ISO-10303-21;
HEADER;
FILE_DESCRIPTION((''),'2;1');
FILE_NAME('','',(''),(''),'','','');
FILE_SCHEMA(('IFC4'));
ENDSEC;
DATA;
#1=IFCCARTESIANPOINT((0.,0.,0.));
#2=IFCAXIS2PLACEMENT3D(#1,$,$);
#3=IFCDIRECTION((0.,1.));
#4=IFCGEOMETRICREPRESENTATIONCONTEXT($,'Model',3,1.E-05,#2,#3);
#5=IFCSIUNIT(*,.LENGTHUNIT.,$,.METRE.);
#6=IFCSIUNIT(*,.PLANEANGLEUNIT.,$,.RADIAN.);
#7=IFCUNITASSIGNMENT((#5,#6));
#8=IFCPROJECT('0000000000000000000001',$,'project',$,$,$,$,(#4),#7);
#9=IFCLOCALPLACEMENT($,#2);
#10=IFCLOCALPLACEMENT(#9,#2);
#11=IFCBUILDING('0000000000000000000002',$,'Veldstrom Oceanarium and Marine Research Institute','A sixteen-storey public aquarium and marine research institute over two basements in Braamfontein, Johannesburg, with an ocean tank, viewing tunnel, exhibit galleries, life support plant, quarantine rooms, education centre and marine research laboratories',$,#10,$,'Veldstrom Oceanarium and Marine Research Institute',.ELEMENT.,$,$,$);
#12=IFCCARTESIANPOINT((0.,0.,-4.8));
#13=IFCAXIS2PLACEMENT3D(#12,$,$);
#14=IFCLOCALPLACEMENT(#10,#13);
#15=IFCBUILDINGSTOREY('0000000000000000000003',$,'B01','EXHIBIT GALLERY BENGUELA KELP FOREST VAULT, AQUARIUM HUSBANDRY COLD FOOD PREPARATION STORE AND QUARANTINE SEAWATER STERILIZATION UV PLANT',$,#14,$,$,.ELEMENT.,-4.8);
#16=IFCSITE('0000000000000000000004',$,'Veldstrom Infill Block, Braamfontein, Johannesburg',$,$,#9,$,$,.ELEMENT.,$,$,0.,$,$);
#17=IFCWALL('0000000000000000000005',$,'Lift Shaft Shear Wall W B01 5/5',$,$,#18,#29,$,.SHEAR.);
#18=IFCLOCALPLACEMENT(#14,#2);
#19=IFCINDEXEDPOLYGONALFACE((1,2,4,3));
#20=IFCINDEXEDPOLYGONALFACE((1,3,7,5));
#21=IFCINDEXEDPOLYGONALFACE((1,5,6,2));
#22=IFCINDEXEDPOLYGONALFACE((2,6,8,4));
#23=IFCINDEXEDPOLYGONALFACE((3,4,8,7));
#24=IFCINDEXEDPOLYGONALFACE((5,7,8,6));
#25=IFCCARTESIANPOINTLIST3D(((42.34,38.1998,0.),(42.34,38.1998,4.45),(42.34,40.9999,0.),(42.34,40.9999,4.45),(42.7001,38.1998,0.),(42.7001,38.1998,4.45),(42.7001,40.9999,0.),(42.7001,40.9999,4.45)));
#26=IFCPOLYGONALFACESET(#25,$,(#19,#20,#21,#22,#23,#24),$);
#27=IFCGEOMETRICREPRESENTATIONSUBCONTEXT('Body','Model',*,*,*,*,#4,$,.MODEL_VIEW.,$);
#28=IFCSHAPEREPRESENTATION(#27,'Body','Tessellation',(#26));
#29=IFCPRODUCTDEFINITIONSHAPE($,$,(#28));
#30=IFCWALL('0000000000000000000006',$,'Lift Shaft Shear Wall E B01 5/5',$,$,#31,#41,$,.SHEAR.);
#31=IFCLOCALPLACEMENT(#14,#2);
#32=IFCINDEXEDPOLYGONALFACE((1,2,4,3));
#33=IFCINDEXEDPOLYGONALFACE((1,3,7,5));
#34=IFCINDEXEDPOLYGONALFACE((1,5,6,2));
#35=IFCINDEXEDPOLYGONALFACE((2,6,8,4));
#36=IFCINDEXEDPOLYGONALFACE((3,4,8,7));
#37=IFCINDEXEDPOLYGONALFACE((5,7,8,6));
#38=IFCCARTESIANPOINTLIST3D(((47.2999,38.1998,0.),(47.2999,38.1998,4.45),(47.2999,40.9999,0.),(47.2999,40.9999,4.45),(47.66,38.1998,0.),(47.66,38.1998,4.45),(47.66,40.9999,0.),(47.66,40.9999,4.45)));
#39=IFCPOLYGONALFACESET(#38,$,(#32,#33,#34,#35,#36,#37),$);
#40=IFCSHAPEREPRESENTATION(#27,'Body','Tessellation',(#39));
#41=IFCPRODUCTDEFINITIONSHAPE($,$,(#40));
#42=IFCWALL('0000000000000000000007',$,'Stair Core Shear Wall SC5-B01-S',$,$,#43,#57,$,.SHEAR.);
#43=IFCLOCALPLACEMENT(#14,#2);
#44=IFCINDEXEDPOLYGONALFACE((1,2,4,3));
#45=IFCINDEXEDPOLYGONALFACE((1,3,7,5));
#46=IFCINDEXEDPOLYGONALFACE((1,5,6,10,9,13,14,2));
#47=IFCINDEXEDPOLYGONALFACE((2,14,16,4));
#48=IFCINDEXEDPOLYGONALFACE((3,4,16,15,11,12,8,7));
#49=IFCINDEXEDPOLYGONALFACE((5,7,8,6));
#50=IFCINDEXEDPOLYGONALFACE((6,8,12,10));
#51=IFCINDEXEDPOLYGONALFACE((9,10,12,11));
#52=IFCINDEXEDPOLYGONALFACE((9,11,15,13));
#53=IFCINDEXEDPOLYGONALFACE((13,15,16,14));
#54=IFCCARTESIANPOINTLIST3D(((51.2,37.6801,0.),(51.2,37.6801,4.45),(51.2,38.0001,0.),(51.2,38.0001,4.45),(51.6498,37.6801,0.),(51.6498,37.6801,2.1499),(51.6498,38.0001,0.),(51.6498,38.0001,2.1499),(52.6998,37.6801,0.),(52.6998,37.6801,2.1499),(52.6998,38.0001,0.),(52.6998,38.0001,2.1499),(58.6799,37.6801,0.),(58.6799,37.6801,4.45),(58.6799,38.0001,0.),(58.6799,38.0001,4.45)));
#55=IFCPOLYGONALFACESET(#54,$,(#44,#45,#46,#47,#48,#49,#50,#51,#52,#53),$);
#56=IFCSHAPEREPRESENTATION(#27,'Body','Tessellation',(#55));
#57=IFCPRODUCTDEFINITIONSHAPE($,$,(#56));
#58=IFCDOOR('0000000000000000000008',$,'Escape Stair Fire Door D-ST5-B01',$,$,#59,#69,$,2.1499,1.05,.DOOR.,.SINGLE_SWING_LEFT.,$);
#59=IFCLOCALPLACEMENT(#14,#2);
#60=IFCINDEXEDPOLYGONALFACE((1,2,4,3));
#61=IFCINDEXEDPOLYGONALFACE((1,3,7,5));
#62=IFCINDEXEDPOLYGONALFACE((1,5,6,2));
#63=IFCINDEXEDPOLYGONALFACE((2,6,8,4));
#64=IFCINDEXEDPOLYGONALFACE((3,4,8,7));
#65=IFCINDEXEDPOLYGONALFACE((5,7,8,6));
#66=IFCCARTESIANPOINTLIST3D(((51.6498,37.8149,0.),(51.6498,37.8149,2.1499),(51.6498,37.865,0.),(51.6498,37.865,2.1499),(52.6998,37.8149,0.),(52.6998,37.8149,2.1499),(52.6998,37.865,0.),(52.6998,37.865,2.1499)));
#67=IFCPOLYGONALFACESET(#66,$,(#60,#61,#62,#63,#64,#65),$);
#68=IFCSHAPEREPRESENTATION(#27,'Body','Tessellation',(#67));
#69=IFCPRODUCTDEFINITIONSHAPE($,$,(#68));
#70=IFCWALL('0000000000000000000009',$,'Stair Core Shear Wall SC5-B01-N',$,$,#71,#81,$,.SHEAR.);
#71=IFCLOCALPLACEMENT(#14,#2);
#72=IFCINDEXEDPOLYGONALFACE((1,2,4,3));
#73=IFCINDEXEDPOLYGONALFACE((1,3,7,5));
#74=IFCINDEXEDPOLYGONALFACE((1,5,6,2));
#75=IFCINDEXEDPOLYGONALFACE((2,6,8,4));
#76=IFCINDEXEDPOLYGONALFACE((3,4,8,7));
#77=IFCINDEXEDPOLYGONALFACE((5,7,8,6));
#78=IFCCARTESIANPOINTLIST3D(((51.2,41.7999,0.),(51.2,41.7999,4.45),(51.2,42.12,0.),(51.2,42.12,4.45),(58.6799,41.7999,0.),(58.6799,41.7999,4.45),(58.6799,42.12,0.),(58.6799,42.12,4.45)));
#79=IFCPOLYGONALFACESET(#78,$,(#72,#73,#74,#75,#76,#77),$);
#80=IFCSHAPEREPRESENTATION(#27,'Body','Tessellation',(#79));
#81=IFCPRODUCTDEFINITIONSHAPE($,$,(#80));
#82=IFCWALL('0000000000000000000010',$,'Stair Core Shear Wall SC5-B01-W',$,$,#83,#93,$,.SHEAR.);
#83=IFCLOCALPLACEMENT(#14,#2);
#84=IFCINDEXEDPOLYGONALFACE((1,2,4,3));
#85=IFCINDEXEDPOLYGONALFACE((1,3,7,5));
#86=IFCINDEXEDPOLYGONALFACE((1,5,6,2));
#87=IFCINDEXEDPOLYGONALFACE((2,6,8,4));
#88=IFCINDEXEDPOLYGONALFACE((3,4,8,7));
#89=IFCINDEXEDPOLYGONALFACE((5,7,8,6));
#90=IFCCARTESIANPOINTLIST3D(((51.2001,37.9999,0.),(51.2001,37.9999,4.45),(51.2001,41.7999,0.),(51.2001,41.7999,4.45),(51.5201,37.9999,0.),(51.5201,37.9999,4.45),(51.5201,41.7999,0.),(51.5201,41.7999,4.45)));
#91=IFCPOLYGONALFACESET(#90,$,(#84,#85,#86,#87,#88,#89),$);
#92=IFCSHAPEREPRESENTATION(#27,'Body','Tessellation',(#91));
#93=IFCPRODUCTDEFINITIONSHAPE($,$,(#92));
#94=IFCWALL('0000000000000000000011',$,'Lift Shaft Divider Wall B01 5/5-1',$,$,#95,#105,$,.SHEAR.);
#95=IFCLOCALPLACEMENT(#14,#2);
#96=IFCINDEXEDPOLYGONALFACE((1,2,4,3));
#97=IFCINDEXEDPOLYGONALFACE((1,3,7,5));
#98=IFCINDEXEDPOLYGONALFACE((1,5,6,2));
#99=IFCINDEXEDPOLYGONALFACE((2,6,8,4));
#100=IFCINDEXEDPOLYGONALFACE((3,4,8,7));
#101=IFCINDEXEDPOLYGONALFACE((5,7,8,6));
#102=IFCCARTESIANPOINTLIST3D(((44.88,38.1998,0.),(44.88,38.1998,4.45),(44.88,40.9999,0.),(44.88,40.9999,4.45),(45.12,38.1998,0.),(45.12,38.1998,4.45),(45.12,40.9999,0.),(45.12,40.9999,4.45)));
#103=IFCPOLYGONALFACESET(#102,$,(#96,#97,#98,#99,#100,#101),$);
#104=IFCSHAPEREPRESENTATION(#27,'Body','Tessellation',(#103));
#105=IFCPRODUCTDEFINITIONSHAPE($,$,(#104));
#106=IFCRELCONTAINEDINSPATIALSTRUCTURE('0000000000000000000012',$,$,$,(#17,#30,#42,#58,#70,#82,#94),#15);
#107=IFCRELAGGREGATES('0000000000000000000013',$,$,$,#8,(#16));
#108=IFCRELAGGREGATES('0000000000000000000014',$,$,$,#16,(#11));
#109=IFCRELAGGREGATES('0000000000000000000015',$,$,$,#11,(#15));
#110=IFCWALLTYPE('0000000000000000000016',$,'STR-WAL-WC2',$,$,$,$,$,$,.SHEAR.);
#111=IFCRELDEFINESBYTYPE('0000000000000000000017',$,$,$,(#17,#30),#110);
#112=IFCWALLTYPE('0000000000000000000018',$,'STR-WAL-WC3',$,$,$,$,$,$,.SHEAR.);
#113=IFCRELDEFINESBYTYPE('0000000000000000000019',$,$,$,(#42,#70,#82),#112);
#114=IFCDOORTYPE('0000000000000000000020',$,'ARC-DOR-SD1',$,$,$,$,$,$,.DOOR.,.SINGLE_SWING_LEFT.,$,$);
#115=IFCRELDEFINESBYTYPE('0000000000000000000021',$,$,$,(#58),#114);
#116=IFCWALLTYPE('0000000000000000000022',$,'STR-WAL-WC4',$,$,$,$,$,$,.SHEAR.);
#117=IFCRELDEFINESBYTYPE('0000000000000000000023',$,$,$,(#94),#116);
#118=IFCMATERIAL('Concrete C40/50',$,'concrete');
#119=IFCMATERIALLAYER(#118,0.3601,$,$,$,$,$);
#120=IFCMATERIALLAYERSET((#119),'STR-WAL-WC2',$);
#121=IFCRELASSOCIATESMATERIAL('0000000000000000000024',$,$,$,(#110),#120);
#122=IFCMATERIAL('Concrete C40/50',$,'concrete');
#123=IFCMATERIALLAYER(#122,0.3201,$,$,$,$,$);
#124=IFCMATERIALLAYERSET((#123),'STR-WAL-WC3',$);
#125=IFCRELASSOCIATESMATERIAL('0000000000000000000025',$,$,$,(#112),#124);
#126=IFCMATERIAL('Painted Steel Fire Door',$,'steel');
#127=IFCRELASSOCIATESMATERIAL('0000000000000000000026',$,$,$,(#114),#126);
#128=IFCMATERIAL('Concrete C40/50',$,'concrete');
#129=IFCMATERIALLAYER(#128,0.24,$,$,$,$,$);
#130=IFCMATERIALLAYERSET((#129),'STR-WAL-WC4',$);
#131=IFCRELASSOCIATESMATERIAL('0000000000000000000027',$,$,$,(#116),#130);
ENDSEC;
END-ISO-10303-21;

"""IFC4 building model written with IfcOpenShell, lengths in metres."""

from ifc_helpers import new_model, si_unit, direction, frame, frame_2d, origin, place, context, subcontext, project, spatial, rectangle, extrude, material, layer, layer_set, type_object, element, fill, save


model = new_model("IFC4")

# Units and contexts
model_context = context("Model", 3, precision=1e-05, world=origin(), true_north=direction((0.0, 1.0)))
body_context = subcontext(model_context, "Body", "Model", "MODEL_VIEW")
ifc_project = project(units=[si_unit("LENGTHUNIT", "METRE"), si_unit("PLANEANGLEUNIT", "RADIAN")], contexts=[model_context])

# Site, building, storey
site_placement = place(None, origin())
site = spatial("IfcSite", under=ifc_project, at=site_placement, Name="Veldstrom Infill Block, Braamfontein, Johannesburg", CompositionType="ELEMENT", RefElevation=0.0)
building_placement = place(site_placement, origin())
building = spatial("IfcBuilding", under=site, at=building_placement, Name="Veldstrom Oceanarium and Marine Research Institute", Description="A sixteen-storey public aquarium and marine research institute over two basements in Braamfontein, Johannesburg, with an ocean tank, viewing tunnel, exhibit galleries, life support plant, quarantine rooms, education centre and marine research laboratories", LongName="Veldstrom Oceanarium and Marine Research Institute", CompositionType="ELEMENT")
storey_placement = place(building_placement, frame((0.0, 0.0, -4.8)))
storey = spatial("IfcBuildingStorey", under=building, at=storey_placement, Name="B01", Description="EXHIBIT GALLERY BENGUELA KELP FOREST VAULT, AQUARIUM HUSBANDRY COLD FOOD PREPARATION STORE AND QUARANTINE SEAWATER STERILIZATION UV PLANT", CompositionType="ELEMENT", Elevation=-4.8)

# Shared definitions
ifc_material_1 = material(Name="Concrete C40/50", Category="concrete")
ifc_layer_1 = layer(ifc_material_1, 0.3601)
ifc_layer_set_1 = layer_set([ifc_layer_1], Name="STR-WAL-WC2")
wall_type_1 = type_object("IfcWallType", Name="STR-WAL-WC2", PredefinedType="SHEAR", material=ifc_layer_set_1)

# Walls
for number, where, z_axis, x_axis, name in (
    (1, (42.52, 38.2, 0.0), (0.0, 0.0, 1.0), (0.0, 1.0, 0.0), "Lift Shaft Shear Wall W B01 5/5"),
    (2, (47.48, 38.2, 0.0), (0.0, 0.0, 1.0), (0.0, 1.0, 0.0), "Lift Shaft Shear Wall E B01 5/5"),
):
    element("IfcWall", number, at=place(storey_placement, frame(where, z_axis=z_axis, x_axis=x_axis)), inside=storey, type_object=wall_type_1, Name=name, PredefinedType="SHEAR", context=body_context, shape_type="SweptSolid", body=[
        extrude(rectangle(XDim=2.8, YDim=0.3601, at=frame_2d((1.3999, 0.0))), origin(), (0.0, 0.0, 1.0), 4.45),
    ])

# Wall, opening, door
ifc_material_2 = material(Name="Concrete C40/50", Category="concrete")
ifc_layer_2 = layer(ifc_material_2, 0.3201)
ifc_layer_set_2 = layer_set([ifc_layer_2], Name="STR-WAL-WC3")
wall_type_2 = type_object("IfcWallType", Name="STR-WAL-WC3", PredefinedType="SHEAR", material=ifc_layer_set_2)
wall_1_placement = place(storey_placement, frame((51.2, 37.8401, 0.0), z_axis=(0.0, 0.0, 1.0), x_axis=(1.0, 0.0, 0.0)))
wall_1 = element("IfcWall", 3, at=wall_1_placement, inside=storey, type_object=wall_type_2, Name="Stair Core Shear Wall SC5-B01-S", PredefinedType="SHEAR", context=body_context, shape_type="SweptSolid", body=[
    extrude(rectangle(XDim=7.48, YDim=0.3201, at=frame_2d((3.74, 0.0))), origin(), (0.0, 0.0, 1.0), 4.45),
])
opening_1_placement = place(wall_1_placement, frame((0.45, 0.0, 0.0)))
opening_1 = element("IfcOpeningElement", 4, at=opening_1_placement, cuts=wall_1, PredefinedType="OPENING", context=body_context, shape_type="SweptSolid", body=[
    extrude(rectangle(XDim=1.05, YDim=2.1499, at=frame_2d((0.5249, 1.075))), frame((0.0, 0.1699, 0.0), z_axis=(0.0, -1.0, 0.0), x_axis=(1.0, 0.0, 0.0)), (0.0, 0.0, 1.0), 0.3401),
])
ifc_material_3 = material(Name="Painted Steel Fire Door", Category="steel")
door_type_1 = type_object("IfcDoorType", Name="ARC-DOR-SD1", OperationType="SINGLE_SWING_LEFT", PredefinedType="DOOR", material=ifc_material_3)
door_1_placement = place(opening_1_placement, origin())
door_1 = element("IfcDoor", 5, at=door_1_placement, inside=storey, type_object=door_type_1, Name="Escape Stair Fire Door D-ST5-B01", OperationType="SINGLE_SWING_LEFT", OverallHeight=2.1499, OverallWidth=1.05, PredefinedType="DOOR", context=body_context, shape_type="SweptSolid", body=[
    extrude(rectangle(XDim=1.05, YDim=2.1499, at=frame_2d((0.5249, 1.075))), frame((0.0, 0.0249, 0.0), z_axis=(0.0, -1.0, 0.0), x_axis=(1.0, 0.0, 0.0)), (0.0, 0.0, 1.0), 0.05),
])
fill(opening_1, door_1)

# Walls
wall_2_placement = place(storey_placement, frame((51.2, 41.96, 0.0), z_axis=(0.0, 0.0, 1.0), x_axis=(1.0, 0.0, 0.0)))
element("IfcWall", 6, at=wall_2_placement, inside=storey, type_object=wall_type_2, Name="Stair Core Shear Wall SC5-B01-N", PredefinedType="SHEAR", context=body_context, shape_type="SweptSolid", body=[
    extrude(rectangle(XDim=7.48, YDim=0.3201, at=frame_2d((3.74, 0.0))), origin(), (0.0, 0.0, 1.0), 4.45),
])
wall_3_placement = place(storey_placement, frame((51.3601, 38.0, 0.0), z_axis=(0.0, 0.0, 1.0), x_axis=(0.0, 1.0, 0.0)))
element("IfcWall", 7, at=wall_3_placement, inside=storey, type_object=wall_type_2, Name="Stair Core Shear Wall SC5-B01-W", PredefinedType="SHEAR", context=body_context, shape_type="SweptSolid", body=[
    extrude(rectangle(XDim=3.8, YDim=0.3201, at=frame_2d((1.8999, 0.0))), origin(), (0.0, 0.0, 1.0), 4.45),
])
ifc_material_4 = material(Name="Concrete C40/50", Category="concrete")
ifc_layer_3 = layer(ifc_material_4, 0.24)
ifc_layer_set_3 = layer_set([ifc_layer_3], Name="STR-WAL-WC4")
wall_type_3 = type_object("IfcWallType", Name="STR-WAL-WC4", PredefinedType="SHEAR", material=ifc_layer_set_3)
wall_4_placement = place(storey_placement, frame((45.0, 38.2, 0.0), z_axis=(0.0, 0.0, 1.0), x_axis=(0.0, 1.0, 0.0)))
element("IfcWall", 8, at=wall_4_placement, inside=storey, type_object=wall_type_3, Name="Lift Shaft Divider Wall B01 5/5-1", PredefinedType="SHEAR", context=body_context, shape_type="SweptSolid", body=[
    extrude(rectangle(XDim=2.8, YDim=0.24, at=frame_2d((1.3999, 0.0))), origin(), (0.0, 0.0, 1.0), 4.45),
])

save(model, "model.ifc")
